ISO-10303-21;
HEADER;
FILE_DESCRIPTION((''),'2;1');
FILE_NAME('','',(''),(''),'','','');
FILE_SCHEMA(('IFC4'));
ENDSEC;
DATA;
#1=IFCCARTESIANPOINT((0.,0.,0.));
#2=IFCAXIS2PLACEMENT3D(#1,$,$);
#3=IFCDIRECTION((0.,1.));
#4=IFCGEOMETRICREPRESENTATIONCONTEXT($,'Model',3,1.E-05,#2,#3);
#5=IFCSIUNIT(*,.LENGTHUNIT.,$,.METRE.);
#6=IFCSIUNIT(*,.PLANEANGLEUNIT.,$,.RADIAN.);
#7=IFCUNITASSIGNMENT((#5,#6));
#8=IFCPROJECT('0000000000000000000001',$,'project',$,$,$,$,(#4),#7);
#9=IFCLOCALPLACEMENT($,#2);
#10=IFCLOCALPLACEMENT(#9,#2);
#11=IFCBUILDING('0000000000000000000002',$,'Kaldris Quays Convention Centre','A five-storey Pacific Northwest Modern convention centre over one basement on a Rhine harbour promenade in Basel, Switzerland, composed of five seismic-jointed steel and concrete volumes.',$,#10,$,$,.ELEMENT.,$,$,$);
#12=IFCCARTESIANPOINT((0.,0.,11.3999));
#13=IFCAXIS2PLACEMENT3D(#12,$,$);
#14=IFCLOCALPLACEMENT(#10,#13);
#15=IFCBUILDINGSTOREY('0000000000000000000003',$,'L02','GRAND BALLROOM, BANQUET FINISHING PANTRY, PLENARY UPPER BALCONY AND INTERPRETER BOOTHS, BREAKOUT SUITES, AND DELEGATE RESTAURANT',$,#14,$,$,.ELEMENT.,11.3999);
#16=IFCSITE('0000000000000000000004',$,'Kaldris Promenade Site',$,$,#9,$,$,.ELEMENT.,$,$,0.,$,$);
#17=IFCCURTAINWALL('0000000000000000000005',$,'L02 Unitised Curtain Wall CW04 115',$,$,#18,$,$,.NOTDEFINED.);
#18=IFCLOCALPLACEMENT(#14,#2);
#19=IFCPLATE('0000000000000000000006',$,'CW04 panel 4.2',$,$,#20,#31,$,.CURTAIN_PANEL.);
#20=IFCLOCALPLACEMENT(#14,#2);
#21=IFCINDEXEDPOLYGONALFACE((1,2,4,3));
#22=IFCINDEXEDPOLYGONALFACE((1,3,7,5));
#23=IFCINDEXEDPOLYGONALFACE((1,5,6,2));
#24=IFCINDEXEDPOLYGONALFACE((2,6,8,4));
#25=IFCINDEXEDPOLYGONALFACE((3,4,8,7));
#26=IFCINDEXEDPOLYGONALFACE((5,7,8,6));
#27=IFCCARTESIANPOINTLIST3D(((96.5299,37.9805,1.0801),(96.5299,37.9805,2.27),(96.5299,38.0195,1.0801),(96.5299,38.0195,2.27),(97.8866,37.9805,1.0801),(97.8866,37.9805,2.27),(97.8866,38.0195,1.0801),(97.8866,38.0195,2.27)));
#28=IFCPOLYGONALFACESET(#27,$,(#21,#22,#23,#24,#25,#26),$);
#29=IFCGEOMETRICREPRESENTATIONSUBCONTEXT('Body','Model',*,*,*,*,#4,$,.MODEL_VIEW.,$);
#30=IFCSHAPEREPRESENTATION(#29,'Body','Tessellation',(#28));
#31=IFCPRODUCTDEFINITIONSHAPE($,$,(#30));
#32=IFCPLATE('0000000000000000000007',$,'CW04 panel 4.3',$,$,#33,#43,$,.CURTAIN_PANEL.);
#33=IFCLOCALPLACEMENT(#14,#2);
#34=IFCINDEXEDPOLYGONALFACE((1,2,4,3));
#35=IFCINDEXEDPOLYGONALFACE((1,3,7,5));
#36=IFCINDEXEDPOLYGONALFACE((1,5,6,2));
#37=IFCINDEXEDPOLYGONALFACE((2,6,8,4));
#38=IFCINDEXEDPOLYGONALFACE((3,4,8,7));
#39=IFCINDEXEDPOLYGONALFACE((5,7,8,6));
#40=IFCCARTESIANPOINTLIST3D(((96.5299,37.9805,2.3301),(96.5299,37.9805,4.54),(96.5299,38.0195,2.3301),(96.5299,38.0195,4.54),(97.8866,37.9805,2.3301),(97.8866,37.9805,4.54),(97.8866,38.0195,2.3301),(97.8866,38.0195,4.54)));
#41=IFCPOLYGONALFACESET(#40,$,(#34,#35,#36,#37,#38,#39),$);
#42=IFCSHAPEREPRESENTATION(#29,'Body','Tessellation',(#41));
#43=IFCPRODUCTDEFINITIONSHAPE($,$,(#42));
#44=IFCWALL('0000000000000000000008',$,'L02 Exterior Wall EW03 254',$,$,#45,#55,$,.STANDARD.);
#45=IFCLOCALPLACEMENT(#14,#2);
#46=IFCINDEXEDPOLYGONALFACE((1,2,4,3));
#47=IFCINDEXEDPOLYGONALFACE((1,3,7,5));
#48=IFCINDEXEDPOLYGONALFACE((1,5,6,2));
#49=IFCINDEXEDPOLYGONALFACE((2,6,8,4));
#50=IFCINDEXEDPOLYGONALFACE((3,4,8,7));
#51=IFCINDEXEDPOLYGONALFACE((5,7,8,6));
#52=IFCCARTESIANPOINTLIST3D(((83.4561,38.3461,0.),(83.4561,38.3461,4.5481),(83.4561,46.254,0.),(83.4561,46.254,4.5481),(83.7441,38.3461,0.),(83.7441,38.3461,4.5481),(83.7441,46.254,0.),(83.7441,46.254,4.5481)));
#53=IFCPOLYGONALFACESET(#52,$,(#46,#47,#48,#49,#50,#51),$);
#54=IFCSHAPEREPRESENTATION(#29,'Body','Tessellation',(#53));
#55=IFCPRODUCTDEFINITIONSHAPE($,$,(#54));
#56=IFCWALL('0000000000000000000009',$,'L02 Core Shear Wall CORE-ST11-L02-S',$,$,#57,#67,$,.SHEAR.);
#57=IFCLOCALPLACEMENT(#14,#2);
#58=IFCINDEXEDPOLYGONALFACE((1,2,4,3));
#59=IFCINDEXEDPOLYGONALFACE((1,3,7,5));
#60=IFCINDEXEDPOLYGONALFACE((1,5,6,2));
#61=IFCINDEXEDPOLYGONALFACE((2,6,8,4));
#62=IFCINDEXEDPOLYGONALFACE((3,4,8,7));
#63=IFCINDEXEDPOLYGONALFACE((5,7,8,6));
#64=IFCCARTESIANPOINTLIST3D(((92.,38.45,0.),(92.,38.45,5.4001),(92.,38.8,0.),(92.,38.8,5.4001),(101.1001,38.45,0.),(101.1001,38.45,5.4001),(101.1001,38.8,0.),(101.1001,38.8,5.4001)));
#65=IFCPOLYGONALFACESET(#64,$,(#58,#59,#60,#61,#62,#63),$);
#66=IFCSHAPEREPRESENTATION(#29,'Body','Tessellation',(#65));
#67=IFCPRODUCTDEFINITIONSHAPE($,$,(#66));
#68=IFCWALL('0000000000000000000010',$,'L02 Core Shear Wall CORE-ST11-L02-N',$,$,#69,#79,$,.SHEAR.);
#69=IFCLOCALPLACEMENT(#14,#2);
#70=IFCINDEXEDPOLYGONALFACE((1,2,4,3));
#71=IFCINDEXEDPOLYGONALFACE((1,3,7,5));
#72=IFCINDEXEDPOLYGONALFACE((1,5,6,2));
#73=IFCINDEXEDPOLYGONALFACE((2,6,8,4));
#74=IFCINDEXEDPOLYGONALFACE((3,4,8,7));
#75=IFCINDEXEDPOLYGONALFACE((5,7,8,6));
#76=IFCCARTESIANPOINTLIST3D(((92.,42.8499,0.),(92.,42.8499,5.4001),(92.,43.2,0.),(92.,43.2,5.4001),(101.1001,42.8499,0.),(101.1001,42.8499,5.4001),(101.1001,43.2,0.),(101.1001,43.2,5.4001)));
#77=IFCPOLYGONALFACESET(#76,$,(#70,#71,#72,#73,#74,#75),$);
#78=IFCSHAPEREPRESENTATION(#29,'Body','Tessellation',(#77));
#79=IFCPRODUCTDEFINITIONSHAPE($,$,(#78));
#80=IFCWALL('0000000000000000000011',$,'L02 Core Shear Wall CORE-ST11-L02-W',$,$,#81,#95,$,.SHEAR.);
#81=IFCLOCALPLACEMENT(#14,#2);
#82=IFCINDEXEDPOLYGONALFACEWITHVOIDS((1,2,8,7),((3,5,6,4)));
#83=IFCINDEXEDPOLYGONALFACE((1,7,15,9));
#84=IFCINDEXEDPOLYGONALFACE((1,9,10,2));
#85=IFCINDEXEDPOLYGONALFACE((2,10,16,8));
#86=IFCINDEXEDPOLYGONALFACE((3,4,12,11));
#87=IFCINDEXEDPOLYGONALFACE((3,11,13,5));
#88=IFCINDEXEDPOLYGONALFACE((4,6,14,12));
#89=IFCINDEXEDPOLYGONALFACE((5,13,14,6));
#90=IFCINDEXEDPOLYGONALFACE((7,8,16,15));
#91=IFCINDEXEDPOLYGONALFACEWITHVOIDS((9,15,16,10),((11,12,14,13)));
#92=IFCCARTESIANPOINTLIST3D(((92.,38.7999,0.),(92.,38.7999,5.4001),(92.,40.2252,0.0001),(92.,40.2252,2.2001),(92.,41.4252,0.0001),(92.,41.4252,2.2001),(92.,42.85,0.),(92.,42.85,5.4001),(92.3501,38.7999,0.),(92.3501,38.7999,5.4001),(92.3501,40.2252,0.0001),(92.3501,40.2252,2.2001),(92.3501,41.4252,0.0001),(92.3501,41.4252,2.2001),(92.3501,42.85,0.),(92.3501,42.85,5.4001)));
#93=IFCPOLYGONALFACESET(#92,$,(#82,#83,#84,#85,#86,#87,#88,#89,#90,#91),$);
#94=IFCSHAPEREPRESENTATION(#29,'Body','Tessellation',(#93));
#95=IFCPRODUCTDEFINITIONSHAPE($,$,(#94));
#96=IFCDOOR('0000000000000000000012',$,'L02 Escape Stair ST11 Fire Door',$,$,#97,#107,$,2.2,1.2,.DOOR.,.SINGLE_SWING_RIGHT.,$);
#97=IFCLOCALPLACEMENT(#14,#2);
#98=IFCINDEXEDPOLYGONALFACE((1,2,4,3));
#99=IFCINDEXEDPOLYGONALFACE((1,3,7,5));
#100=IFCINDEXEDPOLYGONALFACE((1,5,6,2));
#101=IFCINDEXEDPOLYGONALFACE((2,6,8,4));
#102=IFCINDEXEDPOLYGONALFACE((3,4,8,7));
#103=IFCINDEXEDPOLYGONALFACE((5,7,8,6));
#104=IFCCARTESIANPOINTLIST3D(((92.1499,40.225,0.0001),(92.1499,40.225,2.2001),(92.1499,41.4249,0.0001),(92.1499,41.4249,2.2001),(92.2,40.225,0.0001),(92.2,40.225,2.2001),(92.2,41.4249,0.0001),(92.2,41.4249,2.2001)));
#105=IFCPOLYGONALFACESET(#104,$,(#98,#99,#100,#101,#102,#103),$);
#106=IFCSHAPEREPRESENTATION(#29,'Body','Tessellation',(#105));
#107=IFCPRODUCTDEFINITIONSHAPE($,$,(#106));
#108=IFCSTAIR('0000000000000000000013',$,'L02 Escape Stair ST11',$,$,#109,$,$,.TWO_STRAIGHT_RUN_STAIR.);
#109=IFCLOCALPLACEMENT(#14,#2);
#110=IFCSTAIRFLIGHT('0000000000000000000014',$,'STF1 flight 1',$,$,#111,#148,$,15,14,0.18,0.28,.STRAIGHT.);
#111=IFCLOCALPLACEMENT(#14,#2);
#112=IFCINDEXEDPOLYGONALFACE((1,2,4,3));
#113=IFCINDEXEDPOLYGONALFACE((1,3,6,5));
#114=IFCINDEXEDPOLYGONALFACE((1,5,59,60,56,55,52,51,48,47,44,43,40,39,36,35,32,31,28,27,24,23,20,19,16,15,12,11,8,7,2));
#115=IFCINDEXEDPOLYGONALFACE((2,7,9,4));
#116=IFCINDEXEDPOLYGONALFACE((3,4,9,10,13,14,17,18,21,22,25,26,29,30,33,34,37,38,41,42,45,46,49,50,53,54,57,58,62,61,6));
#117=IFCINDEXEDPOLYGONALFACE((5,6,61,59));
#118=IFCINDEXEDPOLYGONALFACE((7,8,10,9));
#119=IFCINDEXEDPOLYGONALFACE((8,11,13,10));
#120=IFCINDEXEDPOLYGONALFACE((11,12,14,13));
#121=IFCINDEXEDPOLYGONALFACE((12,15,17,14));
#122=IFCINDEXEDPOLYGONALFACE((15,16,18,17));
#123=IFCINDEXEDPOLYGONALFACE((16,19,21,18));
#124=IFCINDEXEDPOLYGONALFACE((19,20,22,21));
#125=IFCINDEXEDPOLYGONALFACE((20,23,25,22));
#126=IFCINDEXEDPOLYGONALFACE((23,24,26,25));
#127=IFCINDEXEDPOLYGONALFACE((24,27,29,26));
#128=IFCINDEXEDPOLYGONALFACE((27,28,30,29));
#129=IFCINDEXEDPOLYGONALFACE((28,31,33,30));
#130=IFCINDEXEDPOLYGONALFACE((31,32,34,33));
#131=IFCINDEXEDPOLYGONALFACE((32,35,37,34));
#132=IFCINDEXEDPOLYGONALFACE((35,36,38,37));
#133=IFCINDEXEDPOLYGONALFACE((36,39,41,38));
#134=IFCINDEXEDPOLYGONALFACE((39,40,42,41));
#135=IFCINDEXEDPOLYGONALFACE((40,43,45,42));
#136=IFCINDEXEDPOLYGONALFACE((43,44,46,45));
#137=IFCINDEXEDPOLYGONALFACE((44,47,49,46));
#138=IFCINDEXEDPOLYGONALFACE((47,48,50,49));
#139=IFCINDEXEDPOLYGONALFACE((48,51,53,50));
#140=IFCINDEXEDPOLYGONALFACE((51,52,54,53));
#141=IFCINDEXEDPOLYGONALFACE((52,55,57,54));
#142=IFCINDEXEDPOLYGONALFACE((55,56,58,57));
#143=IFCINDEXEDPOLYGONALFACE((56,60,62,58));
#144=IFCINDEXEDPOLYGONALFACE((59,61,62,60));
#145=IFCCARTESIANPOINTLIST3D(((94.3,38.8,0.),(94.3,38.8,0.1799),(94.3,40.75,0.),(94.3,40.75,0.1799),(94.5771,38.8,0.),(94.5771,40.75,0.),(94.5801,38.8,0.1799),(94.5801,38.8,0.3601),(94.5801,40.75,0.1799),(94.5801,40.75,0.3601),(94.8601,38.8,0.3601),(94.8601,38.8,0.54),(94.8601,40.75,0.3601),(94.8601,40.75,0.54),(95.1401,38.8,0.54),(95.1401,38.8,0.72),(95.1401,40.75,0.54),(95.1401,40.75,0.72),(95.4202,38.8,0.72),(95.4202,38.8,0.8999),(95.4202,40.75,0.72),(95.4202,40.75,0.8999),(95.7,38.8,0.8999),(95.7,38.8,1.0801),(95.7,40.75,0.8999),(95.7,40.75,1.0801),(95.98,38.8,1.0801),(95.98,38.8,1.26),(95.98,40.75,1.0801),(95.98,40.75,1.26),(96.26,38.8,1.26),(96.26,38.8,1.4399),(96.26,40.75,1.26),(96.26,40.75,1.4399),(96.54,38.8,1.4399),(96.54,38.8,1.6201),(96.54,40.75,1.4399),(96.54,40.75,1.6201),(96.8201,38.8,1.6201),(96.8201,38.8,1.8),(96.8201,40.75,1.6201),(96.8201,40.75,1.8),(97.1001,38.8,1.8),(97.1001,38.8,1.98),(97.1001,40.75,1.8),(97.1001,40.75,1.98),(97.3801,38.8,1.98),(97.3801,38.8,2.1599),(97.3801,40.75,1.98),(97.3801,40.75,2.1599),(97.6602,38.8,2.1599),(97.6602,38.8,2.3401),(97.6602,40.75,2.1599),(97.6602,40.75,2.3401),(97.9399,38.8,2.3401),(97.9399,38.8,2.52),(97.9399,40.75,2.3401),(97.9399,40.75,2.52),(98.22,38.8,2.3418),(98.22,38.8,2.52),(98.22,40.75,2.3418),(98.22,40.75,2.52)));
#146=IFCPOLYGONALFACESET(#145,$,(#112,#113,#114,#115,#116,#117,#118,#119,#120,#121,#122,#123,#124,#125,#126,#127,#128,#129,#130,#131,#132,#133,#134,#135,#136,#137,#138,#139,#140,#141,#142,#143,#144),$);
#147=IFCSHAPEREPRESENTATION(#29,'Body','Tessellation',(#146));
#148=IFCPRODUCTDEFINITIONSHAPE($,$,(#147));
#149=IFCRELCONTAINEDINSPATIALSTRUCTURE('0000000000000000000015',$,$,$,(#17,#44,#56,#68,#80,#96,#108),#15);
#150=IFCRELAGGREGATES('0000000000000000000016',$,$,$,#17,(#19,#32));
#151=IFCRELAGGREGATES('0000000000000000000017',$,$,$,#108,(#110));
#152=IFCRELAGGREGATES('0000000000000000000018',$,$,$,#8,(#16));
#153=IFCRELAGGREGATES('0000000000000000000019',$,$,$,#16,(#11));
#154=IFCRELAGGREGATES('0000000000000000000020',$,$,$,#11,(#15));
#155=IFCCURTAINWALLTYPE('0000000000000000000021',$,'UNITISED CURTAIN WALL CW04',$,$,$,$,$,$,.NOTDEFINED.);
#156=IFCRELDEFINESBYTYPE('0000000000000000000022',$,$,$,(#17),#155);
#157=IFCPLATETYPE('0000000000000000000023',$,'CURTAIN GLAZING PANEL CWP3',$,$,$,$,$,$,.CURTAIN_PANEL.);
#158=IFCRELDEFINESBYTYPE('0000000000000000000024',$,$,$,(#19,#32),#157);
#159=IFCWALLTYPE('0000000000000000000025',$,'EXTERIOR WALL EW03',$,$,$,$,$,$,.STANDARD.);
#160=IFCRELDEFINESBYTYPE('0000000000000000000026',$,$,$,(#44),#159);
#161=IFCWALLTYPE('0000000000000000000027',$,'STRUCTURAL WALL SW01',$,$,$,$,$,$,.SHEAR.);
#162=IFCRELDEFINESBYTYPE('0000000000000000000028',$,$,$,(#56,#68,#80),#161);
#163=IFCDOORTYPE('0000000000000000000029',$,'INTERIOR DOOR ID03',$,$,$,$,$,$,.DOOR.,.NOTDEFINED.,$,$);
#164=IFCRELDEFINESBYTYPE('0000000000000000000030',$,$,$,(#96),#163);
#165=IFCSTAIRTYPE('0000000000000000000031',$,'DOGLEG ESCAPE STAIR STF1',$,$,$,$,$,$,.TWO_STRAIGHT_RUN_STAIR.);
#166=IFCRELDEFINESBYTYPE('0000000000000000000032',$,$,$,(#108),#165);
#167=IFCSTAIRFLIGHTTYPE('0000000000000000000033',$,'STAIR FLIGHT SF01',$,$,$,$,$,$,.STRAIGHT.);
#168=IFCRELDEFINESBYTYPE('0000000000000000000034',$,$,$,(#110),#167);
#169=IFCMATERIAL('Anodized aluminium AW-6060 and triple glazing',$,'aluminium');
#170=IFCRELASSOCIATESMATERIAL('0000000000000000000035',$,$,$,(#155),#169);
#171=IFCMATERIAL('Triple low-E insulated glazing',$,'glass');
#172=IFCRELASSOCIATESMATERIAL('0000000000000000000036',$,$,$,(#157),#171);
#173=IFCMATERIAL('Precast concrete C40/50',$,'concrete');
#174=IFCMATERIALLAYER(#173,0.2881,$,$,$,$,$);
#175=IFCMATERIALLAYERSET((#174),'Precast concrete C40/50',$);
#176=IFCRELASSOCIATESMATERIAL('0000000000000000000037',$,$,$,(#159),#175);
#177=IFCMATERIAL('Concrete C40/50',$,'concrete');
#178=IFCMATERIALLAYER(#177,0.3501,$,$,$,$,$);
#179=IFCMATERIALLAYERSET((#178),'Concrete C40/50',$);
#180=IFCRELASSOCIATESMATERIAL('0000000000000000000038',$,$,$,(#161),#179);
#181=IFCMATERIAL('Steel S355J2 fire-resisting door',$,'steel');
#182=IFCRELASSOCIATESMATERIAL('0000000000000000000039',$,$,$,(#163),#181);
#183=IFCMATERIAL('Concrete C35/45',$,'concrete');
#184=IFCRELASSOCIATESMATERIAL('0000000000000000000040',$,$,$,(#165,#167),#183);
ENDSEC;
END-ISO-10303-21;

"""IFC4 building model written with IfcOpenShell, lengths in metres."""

from ifc_helpers import new_model, si_unit, direction, frame, frame_2d, origin, origin_2d, place, context, subcontext, project, spatial, polyline, rectangle, outline, extrude, material, layer, layer_set, type_object, element, fill, aggregate, save


model = new_model("IFC4")

# Units and contexts
model_context = context("Model", 3, precision=1e-05, world=origin(), true_north=direction((0.0, 1.0)))
body_context = subcontext(model_context, "Body", "Model", "MODEL_VIEW")
ifc_project = project(units=[si_unit("LENGTHUNIT", "METRE"), si_unit("PLANEANGLEUNIT", "RADIAN")], contexts=[model_context])

# Site, building, storey
site_placement = place(None, origin())
site = spatial("IfcSite", under=ifc_project, at=site_placement, Name="Kaldris Promenade Site", CompositionType="ELEMENT", RefElevation=0.0)
building_placement = place(site_placement, origin())
building = spatial("IfcBuilding", under=site, at=building_placement, Name="Kaldris Quays Convention Centre", Description="A five-storey Pacific Northwest Modern convention centre over one basement on a Rhine harbour promenade in Basel, Switzerland, composed of five seismic-jointed steel and concrete volumes.", CompositionType="ELEMENT")
storey_placement = place(building_placement, frame((0.0, 0.0, 11.3999)))
storey = spatial("IfcBuildingStorey", under=building, at=storey_placement, Name="L02", Description="GRAND BALLROOM, BANQUET FINISHING PANTRY, PLENARY UPPER BALCONY AND INTERPRETER BOOTHS, BREAKOUT SUITES, AND DELEGATE RESTAURANT", CompositionType="ELEMENT", Elevation=11.3999)

# Curtain wall
ifc_material_1 = material(Name="Anodized aluminium AW-6060 and triple glazing", Category="aluminium")
curtain_wall_type = type_object("IfcCurtainWallType", Name="UNITISED CURTAIN WALL CW04", PredefinedType="NOTDEFINED", material=ifc_material_1)
curtain_wall_placement = place(storey_placement, origin())
curtain_wall = element("IfcCurtainWall", 1, at=curtain_wall_placement, inside=storey, type_object=curtain_wall_type, Name="L02 Unitised Curtain Wall CW04 115", PredefinedType="NOTDEFINED")

# Plates
ifc_material_2 = material(Name="Triple low-E insulated glazing", Category="glass")
plate_type = type_object("IfcPlateType", Name="CURTAIN GLAZING PANEL CWP3", PredefinedType="CURTAIN_PANEL", material=ifc_material_2)
plate_1_placement = place(storey_placement, frame((97.2083, 38.0, 1.0801), z_axis=(0.0, 0.0, 1.0), x_axis=(1.0, 0.0, 0.0)))
plate_1 = element("IfcPlate", 2, at=plate_1_placement, type_object=plate_type, Name="CW04 panel 4.2", PredefinedType="CURTAIN_PANEL", context=body_context, shape_type="SweptSolid", body=[
    extrude(rectangle(XDim=1.3567, YDim=0.0391, at=origin_2d()), origin(), (0.0, 0.0, 1.0), 1.1899),
])
plate_2_placement = place(storey_placement, frame((97.2083, 38.0, 2.3301), z_axis=(0.0, 0.0, 1.0), x_axis=(1.0, 0.0, 0.0)))
plate_2 = element("IfcPlate", 3, at=plate_2_placement, type_object=plate_type, Name="CW04 panel 4.3", PredefinedType="CURTAIN_PANEL", context=body_context, shape_type="SweptSolid", body=[
    extrude(rectangle(XDim=1.3567, YDim=0.0391, at=origin_2d()), origin(), (0.0, 0.0, 1.0), 2.21),
])
aggregate(curtain_wall, [plate_1, plate_2])

# Walls
ifc_material_3 = material(Name="Precast concrete C40/50", Category="concrete")
ifc_layer_1 = layer(ifc_material_3, 0.2881)
ifc_layer_set_1 = layer_set([ifc_layer_1], Name="Precast concrete C40/50")
wall_type_1 = type_object("IfcWallType", Name="EXTERIOR WALL EW03", PredefinedType="STANDARD", material=ifc_layer_set_1)
wall_1_placement = place(storey_placement, frame((83.6001, 38.3459, 0.0), z_axis=(0.0, 0.0, 1.0), x_axis=(0.0, 1.0, 0.0)))
element("IfcWall", 4, at=wall_1_placement, inside=storey, type_object=wall_type_1, Name="L02 Exterior Wall EW03 254", PredefinedType="STANDARD", context=body_context, shape_type="SweptSolid", body=[
    extrude(rectangle(XDim=7.908, YDim=0.2881, at=frame_2d((3.9541, 0.0))), origin(), (0.0, 0.0, 1.0), 4.5481),
])
ifc_material_4 = material(Name="Concrete C40/50", Category="concrete")
ifc_layer_2 = layer(ifc_material_4, 0.3501)
ifc_layer_set_2 = layer_set([ifc_layer_2], Name="Concrete C40/50")
wall_type_2 = type_object("IfcWallType", Name="STRUCTURAL WALL SW01", PredefinedType="SHEAR", material=ifc_layer_set_2)
for number, where, z_axis, x_axis, name in (
    (5, (92.0, 38.625, 0.0), (0.0, 0.0, 1.0), (1.0, 0.0, 0.0), "L02 Core Shear Wall CORE-ST11-L02-S"),
    (6, (92.0, 43.0249, 0.0), (0.0, 0.0, 1.0), (1.0, 0.0, 0.0), "L02 Core Shear Wall CORE-ST11-L02-N"),
):
    element("IfcWall", number, at=place(storey_placement, frame(where, z_axis=z_axis, x_axis=x_axis)), inside=storey, type_object=wall_type_2, Name=name, PredefinedType="SHEAR", context=body_context, shape_type="SweptSolid", body=[
        extrude(rectangle(XDim=9.1001, YDim=0.3501, at=frame_2d((4.55, 0.0))), origin(), (0.0, 0.0, 1.0), 5.4001),
    ])

# Wall, opening, door
wall_2_placement = place(storey_placement, frame((92.175, 38.8, 0.0), z_axis=(0.0, 0.0, 1.0), x_axis=(0.0, 1.0, 0.0)))
wall_2 = element("IfcWall", 7, at=wall_2_placement, inside=storey, type_object=wall_type_2, Name="L02 Core Shear Wall CORE-ST11-L02-W", PredefinedType="SHEAR", context=body_context, shape_type="SweptSolid", body=[
    extrude(rectangle(XDim=4.05, YDim=0.3501, at=frame_2d((2.0249, 0.0))), origin(), (0.0, 0.0, 1.0), 5.4001),
])
opening_placement = place(wall_2_placement, frame((1.425, 0.0, 0.0)))
opening = element("IfcOpeningElement", 8, at=opening_placement, cuts=wall_2, PredefinedType="OPENING", context=body_context, shape_type="SweptSolid", body=[
    extrude(rectangle(XDim=1.2, YDim=2.2, at=frame_2d((0.6001, 1.1001))), frame((0.0, 0.1851, 0.0), z_axis=(0.0, -1.0, 0.0), x_axis=(1.0, 0.0, 0.0)), (0.0, 0.0, 1.0), 0.3701),
])
ifc_material_5 = material(Name="Steel S355J2 fire-resisting door", Category="steel")
door_type = type_object("IfcDoorType", Name="INTERIOR DOOR ID03", OperationType="NOTDEFINED", PredefinedType="DOOR", material=ifc_material_5)
door_placement = place(opening_placement, frame((1.2, 0.0, 0.0), z_axis=(0.0, 0.0, 1.0), x_axis=(-1.0, 0.0, 0.0)))
door = element("IfcDoor", 9, at=door_placement, inside=storey, type_object=door_type, Name="L02 Escape Stair ST11 Fire Door", OperationType="SINGLE_SWING_RIGHT", OverallHeight=2.2, OverallWidth=1.2, PredefinedType="DOOR", context=body_context, shape_type="SweptSolid", body=[
    extrude(rectangle(XDim=1.2, YDim=2.2, at=frame_2d((0.6001, 1.1001))), frame((0.0, 0.0249, 0.0), z_axis=(0.0, -1.0, 0.0), x_axis=(1.0, 0.0, 0.0)), (0.0, 0.0, 1.0), 0.05),
])
fill(opening, door)

# Stair, stair flight
ifc_material_6 = material(Name="Concrete C35/45", Category="concrete")
stair_type = type_object("IfcStairType", Name="DOGLEG ESCAPE STAIR STF1", PredefinedType="TWO_STRAIGHT_RUN_STAIR", material=ifc_material_6)
stair_placement = place(storey_placement, origin())
stair = element("IfcStair", 10, at=stair_placement, inside=storey, type_object=stair_type, Name="L02 Escape Stair ST11", PredefinedType="TWO_STRAIGHT_RUN_STAIR")
stair_flight_type = type_object("IfcStairFlightType", Name="STAIR FLIGHT SF01", PredefinedType="STRAIGHT", material=ifc_material_6)
stair_flight_placement = place(storey_placement, frame((94.3, 39.7749, 0.0), z_axis=(0.0, 0.0, 1.0), x_axis=(1.0, 0.0, 0.0)))
stair_flight = element("IfcStairFlight", 11, at=stair_flight_placement, type_object=stair_flight_type, Name="STF1 flight 1", NumberOfRisers=15, NumberOfTreads=14, PredefinedType="STRAIGHT", RiserHeight=0.18, TreadLength=0.28, context=body_context, shape_type="SweptSolid", body=[
    extrude(outline(polyline([(0.0, 0.0), (0.0, 0.1799), (0.28, 0.1799), (0.28, 0.3601), (0.5601, 0.3601), (0.5601, 0.54), (0.8401, 0.54), (0.8401, 0.72), (1.1201, 0.72), (1.1201, 0.8999), (1.3999, 0.8999), (1.3999, 1.0801), (1.6799, 1.0801), (1.6799, 1.26), (1.96, 1.26), (1.96, 1.4399), (2.24, 1.4399), (2.24, 1.6201), (2.52, 1.6201), (2.52, 1.8), (2.8, 1.8), (2.8, 1.98), (3.0801, 1.98), (3.0801, 2.1599), (3.3601, 2.1599), (3.3601, 2.3401), (3.6399, 2.3401), (3.6399, 2.52), (3.9199, 2.52), (3.9199, 2.7), (3.9199, 2.3418), (0.2771, 0.0), (0.0, 0.0)])), frame((0.0, 0.9751, 0.0), z_axis=(0.0, -1.0, 0.0), x_axis=(1.0, 0.0, 0.0)), (0.0, 0.0, 1.0), 1.95),
])
aggregate(stair, [stair_flight])

save(model, "model.ifc")
